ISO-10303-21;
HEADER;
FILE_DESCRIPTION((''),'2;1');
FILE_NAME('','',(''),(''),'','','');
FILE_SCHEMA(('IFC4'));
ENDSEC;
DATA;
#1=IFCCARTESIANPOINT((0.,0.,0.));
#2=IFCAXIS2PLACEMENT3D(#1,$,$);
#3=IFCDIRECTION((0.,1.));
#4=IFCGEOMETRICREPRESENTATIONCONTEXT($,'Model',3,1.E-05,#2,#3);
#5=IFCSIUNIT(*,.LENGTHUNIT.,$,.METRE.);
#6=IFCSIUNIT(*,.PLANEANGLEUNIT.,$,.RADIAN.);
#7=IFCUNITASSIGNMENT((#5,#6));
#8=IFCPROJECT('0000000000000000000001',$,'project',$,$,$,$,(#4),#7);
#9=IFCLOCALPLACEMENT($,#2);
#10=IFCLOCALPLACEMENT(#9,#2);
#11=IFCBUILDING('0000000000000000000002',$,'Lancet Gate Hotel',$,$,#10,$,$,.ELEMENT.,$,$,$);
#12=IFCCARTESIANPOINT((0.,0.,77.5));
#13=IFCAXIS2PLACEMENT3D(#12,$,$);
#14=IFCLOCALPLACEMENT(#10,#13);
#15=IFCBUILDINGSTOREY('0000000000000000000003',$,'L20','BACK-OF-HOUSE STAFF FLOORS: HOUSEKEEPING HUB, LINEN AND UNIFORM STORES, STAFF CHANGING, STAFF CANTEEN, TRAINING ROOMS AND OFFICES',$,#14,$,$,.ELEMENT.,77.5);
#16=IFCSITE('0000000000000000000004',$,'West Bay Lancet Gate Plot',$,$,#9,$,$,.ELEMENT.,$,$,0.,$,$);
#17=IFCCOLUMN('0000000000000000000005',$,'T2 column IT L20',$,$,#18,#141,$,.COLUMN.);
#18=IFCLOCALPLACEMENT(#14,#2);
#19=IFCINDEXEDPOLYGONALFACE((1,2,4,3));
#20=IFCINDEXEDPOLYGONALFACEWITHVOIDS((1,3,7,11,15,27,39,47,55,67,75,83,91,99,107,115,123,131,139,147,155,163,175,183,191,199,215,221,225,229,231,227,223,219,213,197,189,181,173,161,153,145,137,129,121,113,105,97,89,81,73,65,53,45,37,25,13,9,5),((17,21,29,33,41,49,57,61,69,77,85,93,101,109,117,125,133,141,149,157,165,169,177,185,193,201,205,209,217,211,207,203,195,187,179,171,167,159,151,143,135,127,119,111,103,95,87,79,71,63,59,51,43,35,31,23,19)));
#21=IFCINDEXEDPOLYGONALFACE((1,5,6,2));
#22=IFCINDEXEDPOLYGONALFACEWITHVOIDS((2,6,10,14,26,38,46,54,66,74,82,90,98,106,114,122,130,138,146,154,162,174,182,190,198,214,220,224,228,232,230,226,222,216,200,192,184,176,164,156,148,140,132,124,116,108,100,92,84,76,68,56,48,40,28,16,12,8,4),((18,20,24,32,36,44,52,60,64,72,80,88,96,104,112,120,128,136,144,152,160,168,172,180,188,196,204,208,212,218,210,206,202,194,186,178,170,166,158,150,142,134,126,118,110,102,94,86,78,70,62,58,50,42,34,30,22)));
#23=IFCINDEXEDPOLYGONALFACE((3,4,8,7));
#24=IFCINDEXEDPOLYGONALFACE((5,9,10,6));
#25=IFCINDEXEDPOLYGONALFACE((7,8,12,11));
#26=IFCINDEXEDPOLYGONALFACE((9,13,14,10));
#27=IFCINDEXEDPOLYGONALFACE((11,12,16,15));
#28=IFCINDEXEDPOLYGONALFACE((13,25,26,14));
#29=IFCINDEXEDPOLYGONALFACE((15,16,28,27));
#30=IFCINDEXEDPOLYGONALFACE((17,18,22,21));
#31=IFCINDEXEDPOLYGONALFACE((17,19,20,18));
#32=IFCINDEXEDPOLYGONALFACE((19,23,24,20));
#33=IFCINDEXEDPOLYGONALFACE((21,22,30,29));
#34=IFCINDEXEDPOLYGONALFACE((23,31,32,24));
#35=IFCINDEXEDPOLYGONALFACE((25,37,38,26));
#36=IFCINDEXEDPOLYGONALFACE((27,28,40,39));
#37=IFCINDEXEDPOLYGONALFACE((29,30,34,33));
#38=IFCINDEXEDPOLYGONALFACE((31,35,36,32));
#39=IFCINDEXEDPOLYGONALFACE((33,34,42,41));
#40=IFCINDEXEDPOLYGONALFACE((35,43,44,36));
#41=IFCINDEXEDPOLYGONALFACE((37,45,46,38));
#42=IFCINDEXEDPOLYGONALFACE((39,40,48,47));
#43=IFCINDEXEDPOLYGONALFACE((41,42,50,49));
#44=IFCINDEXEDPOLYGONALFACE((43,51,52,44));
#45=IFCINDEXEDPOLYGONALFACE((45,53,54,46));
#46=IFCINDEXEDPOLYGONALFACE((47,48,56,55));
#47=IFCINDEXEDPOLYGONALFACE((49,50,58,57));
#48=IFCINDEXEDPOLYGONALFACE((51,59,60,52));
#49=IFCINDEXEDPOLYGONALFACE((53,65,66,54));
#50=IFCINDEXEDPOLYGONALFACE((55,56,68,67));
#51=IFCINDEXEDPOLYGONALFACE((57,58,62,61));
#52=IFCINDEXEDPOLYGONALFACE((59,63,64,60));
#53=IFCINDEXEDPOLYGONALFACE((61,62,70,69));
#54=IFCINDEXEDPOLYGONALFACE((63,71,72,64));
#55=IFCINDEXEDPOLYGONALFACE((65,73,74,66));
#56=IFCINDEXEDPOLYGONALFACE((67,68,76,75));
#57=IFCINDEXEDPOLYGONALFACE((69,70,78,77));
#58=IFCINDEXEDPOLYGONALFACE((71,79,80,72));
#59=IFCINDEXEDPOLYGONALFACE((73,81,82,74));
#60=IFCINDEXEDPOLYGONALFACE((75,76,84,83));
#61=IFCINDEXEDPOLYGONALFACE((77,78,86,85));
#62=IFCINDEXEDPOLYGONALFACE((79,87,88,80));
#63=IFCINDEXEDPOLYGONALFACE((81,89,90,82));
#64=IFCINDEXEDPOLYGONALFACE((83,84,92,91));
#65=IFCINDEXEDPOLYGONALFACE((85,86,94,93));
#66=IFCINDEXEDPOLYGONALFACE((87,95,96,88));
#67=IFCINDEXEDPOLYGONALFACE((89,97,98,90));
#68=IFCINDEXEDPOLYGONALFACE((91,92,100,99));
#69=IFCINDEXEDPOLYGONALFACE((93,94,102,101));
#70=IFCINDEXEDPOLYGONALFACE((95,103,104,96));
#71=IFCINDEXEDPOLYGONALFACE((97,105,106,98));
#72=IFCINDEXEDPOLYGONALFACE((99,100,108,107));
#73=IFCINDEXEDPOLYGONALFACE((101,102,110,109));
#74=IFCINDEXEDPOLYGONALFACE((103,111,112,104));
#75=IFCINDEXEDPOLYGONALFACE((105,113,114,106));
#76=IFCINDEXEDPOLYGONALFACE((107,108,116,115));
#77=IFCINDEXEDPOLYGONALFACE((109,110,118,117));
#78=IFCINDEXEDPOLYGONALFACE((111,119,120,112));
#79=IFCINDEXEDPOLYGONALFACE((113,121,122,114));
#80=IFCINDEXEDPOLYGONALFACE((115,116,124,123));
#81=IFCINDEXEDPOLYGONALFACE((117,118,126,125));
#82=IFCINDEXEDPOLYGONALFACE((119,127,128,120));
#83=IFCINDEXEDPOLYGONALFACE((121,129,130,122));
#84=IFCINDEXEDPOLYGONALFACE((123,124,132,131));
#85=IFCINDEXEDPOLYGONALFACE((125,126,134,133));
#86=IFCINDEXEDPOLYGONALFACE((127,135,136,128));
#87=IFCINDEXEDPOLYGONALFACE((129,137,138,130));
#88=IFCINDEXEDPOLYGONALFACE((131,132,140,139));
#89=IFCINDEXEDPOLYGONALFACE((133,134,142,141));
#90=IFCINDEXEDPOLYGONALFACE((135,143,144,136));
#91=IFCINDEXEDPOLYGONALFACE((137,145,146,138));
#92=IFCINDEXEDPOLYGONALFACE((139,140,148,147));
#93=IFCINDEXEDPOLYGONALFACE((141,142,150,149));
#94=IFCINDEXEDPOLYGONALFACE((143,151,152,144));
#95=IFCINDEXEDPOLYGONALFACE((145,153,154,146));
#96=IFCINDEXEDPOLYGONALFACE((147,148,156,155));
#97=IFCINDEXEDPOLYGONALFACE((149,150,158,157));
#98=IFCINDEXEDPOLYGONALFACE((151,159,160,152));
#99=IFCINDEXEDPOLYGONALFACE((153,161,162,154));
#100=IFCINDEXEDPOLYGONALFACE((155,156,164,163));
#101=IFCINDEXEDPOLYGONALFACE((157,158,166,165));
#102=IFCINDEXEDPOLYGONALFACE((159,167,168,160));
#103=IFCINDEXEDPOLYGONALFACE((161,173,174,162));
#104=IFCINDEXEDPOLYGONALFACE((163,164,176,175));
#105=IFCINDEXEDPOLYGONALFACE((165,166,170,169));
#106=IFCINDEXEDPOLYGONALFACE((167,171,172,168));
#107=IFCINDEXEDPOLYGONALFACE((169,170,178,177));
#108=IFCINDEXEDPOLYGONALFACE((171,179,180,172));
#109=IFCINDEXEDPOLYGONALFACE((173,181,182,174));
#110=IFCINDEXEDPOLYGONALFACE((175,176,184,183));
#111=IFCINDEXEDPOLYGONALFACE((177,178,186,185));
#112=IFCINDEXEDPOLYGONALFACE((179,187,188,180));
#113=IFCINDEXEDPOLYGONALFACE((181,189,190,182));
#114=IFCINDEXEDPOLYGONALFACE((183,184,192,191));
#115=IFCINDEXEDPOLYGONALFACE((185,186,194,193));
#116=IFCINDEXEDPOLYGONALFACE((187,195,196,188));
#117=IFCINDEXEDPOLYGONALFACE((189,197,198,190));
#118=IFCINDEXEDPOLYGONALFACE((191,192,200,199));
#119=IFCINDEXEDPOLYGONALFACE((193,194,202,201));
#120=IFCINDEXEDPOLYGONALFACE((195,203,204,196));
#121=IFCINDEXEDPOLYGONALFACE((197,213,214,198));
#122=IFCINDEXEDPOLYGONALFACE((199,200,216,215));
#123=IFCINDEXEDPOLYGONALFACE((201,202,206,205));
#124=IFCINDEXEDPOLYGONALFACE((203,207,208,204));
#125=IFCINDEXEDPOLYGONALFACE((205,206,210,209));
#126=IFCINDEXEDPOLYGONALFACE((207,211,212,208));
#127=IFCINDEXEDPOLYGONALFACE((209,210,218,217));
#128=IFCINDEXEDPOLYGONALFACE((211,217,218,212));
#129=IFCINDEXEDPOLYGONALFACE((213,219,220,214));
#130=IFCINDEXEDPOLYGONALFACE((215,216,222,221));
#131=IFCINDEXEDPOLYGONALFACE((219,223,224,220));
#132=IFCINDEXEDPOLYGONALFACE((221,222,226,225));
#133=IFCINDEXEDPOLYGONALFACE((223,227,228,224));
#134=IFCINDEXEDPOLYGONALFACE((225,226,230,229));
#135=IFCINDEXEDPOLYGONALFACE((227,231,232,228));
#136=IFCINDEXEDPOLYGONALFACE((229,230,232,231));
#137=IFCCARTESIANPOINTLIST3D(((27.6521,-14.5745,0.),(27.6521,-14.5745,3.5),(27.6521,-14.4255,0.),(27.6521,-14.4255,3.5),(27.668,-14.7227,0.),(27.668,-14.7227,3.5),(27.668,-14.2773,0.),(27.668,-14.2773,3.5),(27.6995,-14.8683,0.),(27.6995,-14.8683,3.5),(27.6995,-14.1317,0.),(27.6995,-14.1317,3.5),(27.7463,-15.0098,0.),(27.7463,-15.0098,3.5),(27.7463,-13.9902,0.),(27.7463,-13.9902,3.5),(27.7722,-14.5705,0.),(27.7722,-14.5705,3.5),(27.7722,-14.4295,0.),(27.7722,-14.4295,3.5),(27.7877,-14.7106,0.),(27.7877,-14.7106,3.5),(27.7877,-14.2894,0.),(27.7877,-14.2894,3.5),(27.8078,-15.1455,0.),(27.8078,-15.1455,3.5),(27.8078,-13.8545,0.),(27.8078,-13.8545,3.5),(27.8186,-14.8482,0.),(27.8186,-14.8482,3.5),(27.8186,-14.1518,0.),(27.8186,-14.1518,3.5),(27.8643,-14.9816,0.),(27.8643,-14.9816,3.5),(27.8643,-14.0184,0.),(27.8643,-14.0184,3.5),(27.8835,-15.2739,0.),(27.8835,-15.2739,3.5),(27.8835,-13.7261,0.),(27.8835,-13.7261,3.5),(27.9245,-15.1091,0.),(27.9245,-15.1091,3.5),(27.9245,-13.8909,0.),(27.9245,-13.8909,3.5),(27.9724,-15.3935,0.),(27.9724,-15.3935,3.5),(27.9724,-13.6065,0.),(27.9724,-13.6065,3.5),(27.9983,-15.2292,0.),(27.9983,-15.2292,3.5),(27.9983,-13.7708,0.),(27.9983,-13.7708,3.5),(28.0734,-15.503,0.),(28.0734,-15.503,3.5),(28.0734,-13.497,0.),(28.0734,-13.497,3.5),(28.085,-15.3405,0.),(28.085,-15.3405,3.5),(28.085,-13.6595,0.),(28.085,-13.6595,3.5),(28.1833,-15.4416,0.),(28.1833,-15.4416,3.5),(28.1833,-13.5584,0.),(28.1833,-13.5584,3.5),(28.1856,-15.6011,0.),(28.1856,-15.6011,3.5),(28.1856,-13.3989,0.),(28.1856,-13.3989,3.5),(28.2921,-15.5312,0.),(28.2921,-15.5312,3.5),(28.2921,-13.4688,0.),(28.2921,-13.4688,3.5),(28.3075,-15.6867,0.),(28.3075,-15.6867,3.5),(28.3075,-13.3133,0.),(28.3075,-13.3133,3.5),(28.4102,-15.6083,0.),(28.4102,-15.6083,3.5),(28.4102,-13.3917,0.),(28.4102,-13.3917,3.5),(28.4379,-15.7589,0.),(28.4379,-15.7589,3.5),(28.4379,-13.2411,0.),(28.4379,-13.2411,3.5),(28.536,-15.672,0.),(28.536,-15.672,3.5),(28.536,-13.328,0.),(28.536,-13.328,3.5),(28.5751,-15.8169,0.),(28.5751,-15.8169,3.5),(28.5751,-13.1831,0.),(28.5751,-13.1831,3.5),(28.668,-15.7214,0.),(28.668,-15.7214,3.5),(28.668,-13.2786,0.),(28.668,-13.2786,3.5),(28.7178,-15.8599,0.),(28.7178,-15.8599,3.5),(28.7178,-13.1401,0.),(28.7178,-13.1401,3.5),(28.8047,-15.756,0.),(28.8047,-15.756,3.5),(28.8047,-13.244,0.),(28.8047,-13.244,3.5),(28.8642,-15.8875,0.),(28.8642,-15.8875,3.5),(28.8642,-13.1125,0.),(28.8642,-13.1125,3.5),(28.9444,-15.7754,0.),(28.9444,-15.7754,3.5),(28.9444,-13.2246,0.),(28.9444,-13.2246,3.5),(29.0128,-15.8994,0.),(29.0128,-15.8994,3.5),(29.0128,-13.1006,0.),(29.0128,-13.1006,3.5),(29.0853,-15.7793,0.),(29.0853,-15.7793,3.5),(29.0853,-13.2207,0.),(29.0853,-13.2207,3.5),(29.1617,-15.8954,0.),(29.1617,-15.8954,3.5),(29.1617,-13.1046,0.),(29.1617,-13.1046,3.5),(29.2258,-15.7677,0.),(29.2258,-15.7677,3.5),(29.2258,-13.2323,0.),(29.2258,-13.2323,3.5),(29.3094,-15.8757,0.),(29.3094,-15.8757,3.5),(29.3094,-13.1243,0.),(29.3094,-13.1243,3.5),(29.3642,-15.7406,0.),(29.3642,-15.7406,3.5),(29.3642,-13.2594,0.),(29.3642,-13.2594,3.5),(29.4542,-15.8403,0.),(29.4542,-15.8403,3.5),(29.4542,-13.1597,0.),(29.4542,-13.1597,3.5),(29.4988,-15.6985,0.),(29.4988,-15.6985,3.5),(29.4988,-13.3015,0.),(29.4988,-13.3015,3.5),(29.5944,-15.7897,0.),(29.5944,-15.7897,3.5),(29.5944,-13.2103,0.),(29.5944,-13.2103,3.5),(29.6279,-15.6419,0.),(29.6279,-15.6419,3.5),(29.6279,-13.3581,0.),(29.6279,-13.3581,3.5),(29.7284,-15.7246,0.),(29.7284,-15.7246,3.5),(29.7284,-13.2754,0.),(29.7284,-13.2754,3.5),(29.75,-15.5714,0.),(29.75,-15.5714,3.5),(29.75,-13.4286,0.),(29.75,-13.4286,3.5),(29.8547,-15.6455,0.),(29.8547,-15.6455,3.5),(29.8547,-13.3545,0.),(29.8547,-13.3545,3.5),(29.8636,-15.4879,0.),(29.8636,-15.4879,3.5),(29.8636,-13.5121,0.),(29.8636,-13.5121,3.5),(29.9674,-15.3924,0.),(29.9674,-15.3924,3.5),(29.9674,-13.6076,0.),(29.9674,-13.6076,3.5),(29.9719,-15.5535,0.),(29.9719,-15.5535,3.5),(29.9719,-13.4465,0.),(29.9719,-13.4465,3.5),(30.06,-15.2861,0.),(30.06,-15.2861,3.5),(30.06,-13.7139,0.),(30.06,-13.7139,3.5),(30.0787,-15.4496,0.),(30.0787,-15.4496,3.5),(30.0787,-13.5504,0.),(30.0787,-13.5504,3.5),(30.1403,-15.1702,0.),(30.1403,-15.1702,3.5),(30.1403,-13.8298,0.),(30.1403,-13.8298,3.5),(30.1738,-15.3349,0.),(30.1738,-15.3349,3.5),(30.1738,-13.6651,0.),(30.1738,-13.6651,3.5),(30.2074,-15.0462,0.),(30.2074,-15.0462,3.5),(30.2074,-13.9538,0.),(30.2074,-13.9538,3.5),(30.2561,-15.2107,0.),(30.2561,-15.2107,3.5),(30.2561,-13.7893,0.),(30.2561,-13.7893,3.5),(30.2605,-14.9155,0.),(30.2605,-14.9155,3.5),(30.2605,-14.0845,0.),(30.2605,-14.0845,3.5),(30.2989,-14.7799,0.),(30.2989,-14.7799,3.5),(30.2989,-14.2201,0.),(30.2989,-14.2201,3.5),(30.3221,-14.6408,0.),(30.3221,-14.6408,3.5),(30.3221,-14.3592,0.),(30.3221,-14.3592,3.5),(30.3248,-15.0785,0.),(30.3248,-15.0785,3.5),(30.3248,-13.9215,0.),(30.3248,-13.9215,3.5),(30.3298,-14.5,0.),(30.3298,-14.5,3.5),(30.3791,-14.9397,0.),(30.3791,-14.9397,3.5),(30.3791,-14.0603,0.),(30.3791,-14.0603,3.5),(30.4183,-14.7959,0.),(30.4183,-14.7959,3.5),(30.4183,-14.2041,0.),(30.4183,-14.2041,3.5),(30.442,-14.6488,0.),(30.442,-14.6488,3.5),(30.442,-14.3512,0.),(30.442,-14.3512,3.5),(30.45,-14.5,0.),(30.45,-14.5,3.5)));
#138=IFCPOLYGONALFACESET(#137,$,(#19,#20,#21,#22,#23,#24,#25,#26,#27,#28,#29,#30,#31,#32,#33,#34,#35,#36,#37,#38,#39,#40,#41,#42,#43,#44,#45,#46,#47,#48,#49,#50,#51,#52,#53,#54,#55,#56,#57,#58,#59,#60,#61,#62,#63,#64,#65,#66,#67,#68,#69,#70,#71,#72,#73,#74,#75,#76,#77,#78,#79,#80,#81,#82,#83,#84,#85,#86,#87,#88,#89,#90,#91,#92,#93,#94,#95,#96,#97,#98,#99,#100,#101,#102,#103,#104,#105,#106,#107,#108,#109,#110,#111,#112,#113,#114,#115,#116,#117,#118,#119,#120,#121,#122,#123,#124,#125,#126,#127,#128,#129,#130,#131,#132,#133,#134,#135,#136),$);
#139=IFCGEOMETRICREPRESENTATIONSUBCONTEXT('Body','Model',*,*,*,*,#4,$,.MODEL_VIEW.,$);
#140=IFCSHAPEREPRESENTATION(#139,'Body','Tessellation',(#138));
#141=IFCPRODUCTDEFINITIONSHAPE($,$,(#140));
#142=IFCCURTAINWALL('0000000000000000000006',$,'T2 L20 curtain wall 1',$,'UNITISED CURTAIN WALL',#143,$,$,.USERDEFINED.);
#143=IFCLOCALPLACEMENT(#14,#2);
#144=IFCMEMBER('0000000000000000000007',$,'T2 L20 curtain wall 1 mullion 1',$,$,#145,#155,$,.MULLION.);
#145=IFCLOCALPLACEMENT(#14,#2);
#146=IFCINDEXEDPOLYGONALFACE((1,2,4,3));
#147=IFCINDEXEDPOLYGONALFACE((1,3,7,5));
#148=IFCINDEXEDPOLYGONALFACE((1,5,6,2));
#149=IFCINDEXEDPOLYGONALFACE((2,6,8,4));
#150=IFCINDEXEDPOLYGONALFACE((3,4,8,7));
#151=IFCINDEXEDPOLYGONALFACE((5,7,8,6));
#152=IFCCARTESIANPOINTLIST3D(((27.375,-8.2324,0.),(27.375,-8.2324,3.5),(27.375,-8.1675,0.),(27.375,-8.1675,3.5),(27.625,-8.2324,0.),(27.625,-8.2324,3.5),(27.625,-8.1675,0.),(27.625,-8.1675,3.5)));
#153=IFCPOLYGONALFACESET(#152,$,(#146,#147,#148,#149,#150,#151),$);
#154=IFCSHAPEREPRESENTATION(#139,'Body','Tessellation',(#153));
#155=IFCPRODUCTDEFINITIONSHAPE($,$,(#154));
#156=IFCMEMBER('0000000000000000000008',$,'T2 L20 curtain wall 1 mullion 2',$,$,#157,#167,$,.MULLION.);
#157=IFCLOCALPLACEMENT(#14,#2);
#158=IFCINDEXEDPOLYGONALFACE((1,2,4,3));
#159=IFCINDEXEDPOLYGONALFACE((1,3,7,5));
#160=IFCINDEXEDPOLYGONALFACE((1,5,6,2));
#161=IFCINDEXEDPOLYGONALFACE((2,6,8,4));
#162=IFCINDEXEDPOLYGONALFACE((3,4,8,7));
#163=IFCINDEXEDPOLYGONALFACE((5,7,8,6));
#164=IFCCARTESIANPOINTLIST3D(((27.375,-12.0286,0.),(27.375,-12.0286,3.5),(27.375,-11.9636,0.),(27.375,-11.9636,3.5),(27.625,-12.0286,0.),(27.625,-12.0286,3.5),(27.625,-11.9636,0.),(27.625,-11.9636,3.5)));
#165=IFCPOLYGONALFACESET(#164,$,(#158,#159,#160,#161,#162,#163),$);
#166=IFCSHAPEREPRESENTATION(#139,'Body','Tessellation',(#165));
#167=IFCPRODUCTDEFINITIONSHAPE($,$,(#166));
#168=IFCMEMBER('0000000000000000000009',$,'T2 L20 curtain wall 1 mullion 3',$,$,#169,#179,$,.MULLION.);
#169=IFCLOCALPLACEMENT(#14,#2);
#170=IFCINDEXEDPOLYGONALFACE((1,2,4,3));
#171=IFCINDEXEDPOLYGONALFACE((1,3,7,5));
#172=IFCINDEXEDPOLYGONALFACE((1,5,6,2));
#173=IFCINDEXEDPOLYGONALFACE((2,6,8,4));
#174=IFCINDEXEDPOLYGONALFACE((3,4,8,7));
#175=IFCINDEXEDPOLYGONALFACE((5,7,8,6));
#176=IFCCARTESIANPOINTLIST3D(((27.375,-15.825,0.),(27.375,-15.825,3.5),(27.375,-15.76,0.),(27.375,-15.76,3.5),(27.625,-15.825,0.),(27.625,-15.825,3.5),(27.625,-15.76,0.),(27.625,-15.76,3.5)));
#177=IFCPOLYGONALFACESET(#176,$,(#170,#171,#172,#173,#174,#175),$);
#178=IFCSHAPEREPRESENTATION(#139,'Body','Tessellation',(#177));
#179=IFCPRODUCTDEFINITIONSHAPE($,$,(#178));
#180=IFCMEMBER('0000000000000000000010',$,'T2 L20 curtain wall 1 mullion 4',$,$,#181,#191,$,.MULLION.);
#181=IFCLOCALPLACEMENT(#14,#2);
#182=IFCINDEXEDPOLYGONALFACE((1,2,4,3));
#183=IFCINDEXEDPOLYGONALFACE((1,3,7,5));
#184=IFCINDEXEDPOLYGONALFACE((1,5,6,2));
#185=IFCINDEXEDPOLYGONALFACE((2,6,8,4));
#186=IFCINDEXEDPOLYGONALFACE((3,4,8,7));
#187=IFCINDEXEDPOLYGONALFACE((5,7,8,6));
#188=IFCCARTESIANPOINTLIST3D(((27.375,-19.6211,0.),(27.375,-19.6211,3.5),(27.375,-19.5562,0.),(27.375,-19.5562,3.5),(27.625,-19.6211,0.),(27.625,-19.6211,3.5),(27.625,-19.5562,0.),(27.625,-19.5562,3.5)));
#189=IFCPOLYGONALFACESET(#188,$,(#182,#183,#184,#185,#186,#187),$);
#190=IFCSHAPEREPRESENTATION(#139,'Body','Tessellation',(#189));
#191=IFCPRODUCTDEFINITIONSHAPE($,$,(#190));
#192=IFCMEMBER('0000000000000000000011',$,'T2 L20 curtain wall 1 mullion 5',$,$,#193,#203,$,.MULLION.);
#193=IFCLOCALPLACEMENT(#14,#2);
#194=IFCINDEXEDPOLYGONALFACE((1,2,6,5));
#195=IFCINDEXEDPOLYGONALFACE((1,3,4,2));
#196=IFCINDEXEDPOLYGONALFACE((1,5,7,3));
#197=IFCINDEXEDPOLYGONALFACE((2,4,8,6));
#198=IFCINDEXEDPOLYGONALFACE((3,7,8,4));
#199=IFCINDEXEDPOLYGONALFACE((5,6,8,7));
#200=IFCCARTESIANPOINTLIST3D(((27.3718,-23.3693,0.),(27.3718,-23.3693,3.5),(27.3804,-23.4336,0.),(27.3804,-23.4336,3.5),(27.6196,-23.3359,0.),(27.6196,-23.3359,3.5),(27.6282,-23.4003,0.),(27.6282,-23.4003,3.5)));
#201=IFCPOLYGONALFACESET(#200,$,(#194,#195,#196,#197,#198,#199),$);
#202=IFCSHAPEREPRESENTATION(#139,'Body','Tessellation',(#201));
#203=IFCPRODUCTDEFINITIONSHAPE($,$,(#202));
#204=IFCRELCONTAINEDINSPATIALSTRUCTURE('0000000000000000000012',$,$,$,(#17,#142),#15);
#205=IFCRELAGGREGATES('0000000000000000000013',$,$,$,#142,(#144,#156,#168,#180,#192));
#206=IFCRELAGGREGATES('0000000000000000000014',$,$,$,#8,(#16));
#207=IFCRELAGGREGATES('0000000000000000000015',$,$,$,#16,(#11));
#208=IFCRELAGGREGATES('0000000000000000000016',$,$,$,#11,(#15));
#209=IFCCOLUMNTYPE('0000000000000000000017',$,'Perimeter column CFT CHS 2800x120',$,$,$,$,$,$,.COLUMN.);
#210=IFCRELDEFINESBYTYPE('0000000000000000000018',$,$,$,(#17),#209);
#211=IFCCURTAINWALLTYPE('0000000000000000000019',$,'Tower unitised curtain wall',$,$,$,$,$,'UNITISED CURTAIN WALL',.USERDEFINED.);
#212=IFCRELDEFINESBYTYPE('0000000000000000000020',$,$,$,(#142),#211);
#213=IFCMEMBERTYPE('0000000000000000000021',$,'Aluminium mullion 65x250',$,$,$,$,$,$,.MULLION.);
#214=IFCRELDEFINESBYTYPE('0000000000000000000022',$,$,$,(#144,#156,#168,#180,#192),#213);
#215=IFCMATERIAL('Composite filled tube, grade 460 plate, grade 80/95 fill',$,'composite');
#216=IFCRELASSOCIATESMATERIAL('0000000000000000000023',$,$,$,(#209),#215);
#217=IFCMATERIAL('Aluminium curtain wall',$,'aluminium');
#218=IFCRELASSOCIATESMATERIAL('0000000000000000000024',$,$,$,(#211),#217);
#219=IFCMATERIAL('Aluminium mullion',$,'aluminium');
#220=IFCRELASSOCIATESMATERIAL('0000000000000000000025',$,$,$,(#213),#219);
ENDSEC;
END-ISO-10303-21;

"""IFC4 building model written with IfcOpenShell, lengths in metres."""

from ifc_helpers import new_model, si_unit, direction, frame, origin, origin_2d, place, context, subcontext, project, spatial, rectangle, hollow_circle, extrude, material, material_profile, profile_set, type_object, element, aggregate, save


model = new_model("IFC4")

# Units and contexts
model_context = context("Model", 3, precision=1e-05, world=origin(), true_north=direction((0.0, 1.0)))
body_context = subcontext(model_context, "Body", "Model", "MODEL_VIEW")
ifc_project = project(units=[si_unit("LENGTHUNIT", "METRE"), si_unit("PLANEANGLEUNIT", "RADIAN")], contexts=[model_context])

# Site, building, storey
site_placement = place(None, origin())
site = spatial("IfcSite", under=ifc_project, at=site_placement, Name="West Bay Lancet Gate Plot", CompositionType="ELEMENT", RefElevation=0.0)
building_placement = place(site_placement, origin())
building = spatial("IfcBuilding", under=site, at=building_placement, Name="Lancet Gate Hotel", CompositionType="ELEMENT")
storey_placement = place(building_placement, frame((0.0, 0.0, 77.5)))
storey = spatial("IfcBuildingStorey", under=building, at=storey_placement, Name="L20", Description="BACK-OF-HOUSE STAFF FLOORS: HOUSEKEEPING HUB, LINEN AND UNIFORM STORES, STAFF CHANGING, STAFF CANTEEN, TRAINING ROOMS AND OFFICES", CompositionType="ELEMENT", Elevation=77.5)

# Column
ifc_material_1 = material(Name="Composite filled tube, grade 460 plate, grade 80/95 fill", Category="composite")
ifc_material_profile_1 = material_profile(ifc_material_1, hollow_circle(Radius=1.3999, WallThickness=0.1201, at=origin_2d()), Name="CHS 2800x120")
ifc_profile_set_1 = profile_set([ifc_material_profile_1], Name="Composite filled tube, grade 460 plate, grade 80/95 fill")
column_type = type_object("IfcColumnType", Name="Perimeter column CFT CHS 2800x120", PredefinedType="COLUMN", material=ifc_profile_set_1)
for number, where, z_axis, x_axis, name in (
    (1, (29.05, -14.5, 0.0), (0.0, 0.0, 1.0), (1.0, 0.0, 0.0), "T2 column IT L20"),
):
    element("IfcColumn", number, at=place(storey_placement, frame(where, z_axis=z_axis, x_axis=x_axis)), inside=storey, type_object=column_type, Name=name, PredefinedType="COLUMN", context=body_context, shape_type="SweptSolid", body=[
        extrude(hollow_circle(Radius=1.3999, WallThickness=0.1201, at=origin_2d()), origin(), (0.0, 0.0, 1.0), 3.5),
    ])

# Curtain wall, members
ifc_material_2 = material(Name="Aluminium curtain wall", Category="aluminium")
curtain_wall_type = type_object("IfcCurtainWallType", Name="Tower unitised curtain wall", ElementType="UNITISED CURTAIN WALL", PredefinedType="USERDEFINED", material=ifc_material_2)
curtain_wall_placement = place(storey_placement, origin())
curtain_wall = element("IfcCurtainWall", 2, at=curtain_wall_placement, inside=storey, type_object=curtain_wall_type, Name="T2 L20 curtain wall 1", ObjectType="UNITISED CURTAIN WALL", PredefinedType="USERDEFINED")
ifc_material_3 = material(Name="Aluminium mullion", Category="aluminium")
ifc_material_profile_2 = material_profile(ifc_material_3, rectangle(XDim=0.0649, YDim=0.25, at=origin_2d()), Name="MULLION 65x250")
ifc_profile_set_2 = profile_set([ifc_material_profile_2], Name="Aluminium mullion")
member_type_1 = type_object("IfcMemberType", Name="Aluminium mullion 65x250", PredefinedType="MULLION", material=ifc_profile_set_2)
member_1_placement = place(storey_placement, frame((27.5, -8.2, 0.0), z_axis=(0.0, 0.0, 1.0), x_axis=(0.0, -1.0, 0.0)))
member_1 = element("IfcMember", 3, at=member_1_placement, type_object=member_type_1, Name="T2 L20 curtain wall 1 mullion 1", PredefinedType="MULLION", context=body_context, shape_type="SweptSolid", body=[
    extrude(rectangle(XDim=0.0649, YDim=0.25, at=origin_2d()), origin(), (0.0, 0.0, 1.0), 3.5),
])
member_2_placement = place(storey_placement, frame((27.5, -11.9961, 0.0), z_axis=(0.0, 0.0, 1.0), x_axis=(0.0, -1.0, 0.0)))
member_2 = element("IfcMember", 4, at=member_2_placement, type_object=member_type_1, Name="T2 L20 curtain wall 1 mullion 2", PredefinedType="MULLION", context=body_context, shape_type="SweptSolid", body=[
    extrude(rectangle(XDim=0.0649, YDim=0.25, at=origin_2d()), origin(), (0.0, 0.0, 1.0), 3.5),
])
member_3_placement = place(storey_placement, frame((27.5, -15.7925, 0.0), z_axis=(0.0, 0.0, 1.0), x_axis=(0.0, -1.0, 0.0)))
member_3 = element("IfcMember", 5, at=member_3_placement, type_object=member_type_1, Name="T2 L20 curtain wall 1 mullion 3", PredefinedType="MULLION", context=body_context, shape_type="SweptSolid", body=[
    extrude(rectangle(XDim=0.0649, YDim=0.25, at=origin_2d()), origin(), (0.0, 0.0, 1.0), 3.5),
])
member_4_placement = place(storey_placement, frame((27.5, -19.5886, 0.0), z_axis=(0.0, 0.0, 1.0), x_axis=(0.0, -1.0, 0.0)))
member_4 = element("IfcMember", 6, at=member_4_placement, type_object=member_type_1, Name="T2 L20 curtain wall 1 mullion 4", PredefinedType="MULLION", context=body_context, shape_type="SweptSolid", body=[
    extrude(rectangle(XDim=0.0649, YDim=0.25, at=origin_2d()), origin(), (0.0, 0.0, 1.0), 3.5),
])
member_5_placement = place(storey_placement, frame((27.5, -23.3848, 0.0), z_axis=(0.0, 0.0, 1.0), x_axis=(0.133367, -0.991067, 0.0)))
member_5 = element("IfcMember", 7, at=member_5_placement, type_object=member_type_1, Name="T2 L20 curtain wall 1 mullion 5", PredefinedType="MULLION", context=body_context, shape_type="SweptSolid", body=[
    extrude(rectangle(XDim=0.0649, YDim=0.25, at=origin_2d()), origin(), (0.0, 0.0, 1.0), 3.5),
])

aggregate(curtain_wall, [member_1, member_2, member_3, member_4, member_5])

save(model, "model.ifc")
